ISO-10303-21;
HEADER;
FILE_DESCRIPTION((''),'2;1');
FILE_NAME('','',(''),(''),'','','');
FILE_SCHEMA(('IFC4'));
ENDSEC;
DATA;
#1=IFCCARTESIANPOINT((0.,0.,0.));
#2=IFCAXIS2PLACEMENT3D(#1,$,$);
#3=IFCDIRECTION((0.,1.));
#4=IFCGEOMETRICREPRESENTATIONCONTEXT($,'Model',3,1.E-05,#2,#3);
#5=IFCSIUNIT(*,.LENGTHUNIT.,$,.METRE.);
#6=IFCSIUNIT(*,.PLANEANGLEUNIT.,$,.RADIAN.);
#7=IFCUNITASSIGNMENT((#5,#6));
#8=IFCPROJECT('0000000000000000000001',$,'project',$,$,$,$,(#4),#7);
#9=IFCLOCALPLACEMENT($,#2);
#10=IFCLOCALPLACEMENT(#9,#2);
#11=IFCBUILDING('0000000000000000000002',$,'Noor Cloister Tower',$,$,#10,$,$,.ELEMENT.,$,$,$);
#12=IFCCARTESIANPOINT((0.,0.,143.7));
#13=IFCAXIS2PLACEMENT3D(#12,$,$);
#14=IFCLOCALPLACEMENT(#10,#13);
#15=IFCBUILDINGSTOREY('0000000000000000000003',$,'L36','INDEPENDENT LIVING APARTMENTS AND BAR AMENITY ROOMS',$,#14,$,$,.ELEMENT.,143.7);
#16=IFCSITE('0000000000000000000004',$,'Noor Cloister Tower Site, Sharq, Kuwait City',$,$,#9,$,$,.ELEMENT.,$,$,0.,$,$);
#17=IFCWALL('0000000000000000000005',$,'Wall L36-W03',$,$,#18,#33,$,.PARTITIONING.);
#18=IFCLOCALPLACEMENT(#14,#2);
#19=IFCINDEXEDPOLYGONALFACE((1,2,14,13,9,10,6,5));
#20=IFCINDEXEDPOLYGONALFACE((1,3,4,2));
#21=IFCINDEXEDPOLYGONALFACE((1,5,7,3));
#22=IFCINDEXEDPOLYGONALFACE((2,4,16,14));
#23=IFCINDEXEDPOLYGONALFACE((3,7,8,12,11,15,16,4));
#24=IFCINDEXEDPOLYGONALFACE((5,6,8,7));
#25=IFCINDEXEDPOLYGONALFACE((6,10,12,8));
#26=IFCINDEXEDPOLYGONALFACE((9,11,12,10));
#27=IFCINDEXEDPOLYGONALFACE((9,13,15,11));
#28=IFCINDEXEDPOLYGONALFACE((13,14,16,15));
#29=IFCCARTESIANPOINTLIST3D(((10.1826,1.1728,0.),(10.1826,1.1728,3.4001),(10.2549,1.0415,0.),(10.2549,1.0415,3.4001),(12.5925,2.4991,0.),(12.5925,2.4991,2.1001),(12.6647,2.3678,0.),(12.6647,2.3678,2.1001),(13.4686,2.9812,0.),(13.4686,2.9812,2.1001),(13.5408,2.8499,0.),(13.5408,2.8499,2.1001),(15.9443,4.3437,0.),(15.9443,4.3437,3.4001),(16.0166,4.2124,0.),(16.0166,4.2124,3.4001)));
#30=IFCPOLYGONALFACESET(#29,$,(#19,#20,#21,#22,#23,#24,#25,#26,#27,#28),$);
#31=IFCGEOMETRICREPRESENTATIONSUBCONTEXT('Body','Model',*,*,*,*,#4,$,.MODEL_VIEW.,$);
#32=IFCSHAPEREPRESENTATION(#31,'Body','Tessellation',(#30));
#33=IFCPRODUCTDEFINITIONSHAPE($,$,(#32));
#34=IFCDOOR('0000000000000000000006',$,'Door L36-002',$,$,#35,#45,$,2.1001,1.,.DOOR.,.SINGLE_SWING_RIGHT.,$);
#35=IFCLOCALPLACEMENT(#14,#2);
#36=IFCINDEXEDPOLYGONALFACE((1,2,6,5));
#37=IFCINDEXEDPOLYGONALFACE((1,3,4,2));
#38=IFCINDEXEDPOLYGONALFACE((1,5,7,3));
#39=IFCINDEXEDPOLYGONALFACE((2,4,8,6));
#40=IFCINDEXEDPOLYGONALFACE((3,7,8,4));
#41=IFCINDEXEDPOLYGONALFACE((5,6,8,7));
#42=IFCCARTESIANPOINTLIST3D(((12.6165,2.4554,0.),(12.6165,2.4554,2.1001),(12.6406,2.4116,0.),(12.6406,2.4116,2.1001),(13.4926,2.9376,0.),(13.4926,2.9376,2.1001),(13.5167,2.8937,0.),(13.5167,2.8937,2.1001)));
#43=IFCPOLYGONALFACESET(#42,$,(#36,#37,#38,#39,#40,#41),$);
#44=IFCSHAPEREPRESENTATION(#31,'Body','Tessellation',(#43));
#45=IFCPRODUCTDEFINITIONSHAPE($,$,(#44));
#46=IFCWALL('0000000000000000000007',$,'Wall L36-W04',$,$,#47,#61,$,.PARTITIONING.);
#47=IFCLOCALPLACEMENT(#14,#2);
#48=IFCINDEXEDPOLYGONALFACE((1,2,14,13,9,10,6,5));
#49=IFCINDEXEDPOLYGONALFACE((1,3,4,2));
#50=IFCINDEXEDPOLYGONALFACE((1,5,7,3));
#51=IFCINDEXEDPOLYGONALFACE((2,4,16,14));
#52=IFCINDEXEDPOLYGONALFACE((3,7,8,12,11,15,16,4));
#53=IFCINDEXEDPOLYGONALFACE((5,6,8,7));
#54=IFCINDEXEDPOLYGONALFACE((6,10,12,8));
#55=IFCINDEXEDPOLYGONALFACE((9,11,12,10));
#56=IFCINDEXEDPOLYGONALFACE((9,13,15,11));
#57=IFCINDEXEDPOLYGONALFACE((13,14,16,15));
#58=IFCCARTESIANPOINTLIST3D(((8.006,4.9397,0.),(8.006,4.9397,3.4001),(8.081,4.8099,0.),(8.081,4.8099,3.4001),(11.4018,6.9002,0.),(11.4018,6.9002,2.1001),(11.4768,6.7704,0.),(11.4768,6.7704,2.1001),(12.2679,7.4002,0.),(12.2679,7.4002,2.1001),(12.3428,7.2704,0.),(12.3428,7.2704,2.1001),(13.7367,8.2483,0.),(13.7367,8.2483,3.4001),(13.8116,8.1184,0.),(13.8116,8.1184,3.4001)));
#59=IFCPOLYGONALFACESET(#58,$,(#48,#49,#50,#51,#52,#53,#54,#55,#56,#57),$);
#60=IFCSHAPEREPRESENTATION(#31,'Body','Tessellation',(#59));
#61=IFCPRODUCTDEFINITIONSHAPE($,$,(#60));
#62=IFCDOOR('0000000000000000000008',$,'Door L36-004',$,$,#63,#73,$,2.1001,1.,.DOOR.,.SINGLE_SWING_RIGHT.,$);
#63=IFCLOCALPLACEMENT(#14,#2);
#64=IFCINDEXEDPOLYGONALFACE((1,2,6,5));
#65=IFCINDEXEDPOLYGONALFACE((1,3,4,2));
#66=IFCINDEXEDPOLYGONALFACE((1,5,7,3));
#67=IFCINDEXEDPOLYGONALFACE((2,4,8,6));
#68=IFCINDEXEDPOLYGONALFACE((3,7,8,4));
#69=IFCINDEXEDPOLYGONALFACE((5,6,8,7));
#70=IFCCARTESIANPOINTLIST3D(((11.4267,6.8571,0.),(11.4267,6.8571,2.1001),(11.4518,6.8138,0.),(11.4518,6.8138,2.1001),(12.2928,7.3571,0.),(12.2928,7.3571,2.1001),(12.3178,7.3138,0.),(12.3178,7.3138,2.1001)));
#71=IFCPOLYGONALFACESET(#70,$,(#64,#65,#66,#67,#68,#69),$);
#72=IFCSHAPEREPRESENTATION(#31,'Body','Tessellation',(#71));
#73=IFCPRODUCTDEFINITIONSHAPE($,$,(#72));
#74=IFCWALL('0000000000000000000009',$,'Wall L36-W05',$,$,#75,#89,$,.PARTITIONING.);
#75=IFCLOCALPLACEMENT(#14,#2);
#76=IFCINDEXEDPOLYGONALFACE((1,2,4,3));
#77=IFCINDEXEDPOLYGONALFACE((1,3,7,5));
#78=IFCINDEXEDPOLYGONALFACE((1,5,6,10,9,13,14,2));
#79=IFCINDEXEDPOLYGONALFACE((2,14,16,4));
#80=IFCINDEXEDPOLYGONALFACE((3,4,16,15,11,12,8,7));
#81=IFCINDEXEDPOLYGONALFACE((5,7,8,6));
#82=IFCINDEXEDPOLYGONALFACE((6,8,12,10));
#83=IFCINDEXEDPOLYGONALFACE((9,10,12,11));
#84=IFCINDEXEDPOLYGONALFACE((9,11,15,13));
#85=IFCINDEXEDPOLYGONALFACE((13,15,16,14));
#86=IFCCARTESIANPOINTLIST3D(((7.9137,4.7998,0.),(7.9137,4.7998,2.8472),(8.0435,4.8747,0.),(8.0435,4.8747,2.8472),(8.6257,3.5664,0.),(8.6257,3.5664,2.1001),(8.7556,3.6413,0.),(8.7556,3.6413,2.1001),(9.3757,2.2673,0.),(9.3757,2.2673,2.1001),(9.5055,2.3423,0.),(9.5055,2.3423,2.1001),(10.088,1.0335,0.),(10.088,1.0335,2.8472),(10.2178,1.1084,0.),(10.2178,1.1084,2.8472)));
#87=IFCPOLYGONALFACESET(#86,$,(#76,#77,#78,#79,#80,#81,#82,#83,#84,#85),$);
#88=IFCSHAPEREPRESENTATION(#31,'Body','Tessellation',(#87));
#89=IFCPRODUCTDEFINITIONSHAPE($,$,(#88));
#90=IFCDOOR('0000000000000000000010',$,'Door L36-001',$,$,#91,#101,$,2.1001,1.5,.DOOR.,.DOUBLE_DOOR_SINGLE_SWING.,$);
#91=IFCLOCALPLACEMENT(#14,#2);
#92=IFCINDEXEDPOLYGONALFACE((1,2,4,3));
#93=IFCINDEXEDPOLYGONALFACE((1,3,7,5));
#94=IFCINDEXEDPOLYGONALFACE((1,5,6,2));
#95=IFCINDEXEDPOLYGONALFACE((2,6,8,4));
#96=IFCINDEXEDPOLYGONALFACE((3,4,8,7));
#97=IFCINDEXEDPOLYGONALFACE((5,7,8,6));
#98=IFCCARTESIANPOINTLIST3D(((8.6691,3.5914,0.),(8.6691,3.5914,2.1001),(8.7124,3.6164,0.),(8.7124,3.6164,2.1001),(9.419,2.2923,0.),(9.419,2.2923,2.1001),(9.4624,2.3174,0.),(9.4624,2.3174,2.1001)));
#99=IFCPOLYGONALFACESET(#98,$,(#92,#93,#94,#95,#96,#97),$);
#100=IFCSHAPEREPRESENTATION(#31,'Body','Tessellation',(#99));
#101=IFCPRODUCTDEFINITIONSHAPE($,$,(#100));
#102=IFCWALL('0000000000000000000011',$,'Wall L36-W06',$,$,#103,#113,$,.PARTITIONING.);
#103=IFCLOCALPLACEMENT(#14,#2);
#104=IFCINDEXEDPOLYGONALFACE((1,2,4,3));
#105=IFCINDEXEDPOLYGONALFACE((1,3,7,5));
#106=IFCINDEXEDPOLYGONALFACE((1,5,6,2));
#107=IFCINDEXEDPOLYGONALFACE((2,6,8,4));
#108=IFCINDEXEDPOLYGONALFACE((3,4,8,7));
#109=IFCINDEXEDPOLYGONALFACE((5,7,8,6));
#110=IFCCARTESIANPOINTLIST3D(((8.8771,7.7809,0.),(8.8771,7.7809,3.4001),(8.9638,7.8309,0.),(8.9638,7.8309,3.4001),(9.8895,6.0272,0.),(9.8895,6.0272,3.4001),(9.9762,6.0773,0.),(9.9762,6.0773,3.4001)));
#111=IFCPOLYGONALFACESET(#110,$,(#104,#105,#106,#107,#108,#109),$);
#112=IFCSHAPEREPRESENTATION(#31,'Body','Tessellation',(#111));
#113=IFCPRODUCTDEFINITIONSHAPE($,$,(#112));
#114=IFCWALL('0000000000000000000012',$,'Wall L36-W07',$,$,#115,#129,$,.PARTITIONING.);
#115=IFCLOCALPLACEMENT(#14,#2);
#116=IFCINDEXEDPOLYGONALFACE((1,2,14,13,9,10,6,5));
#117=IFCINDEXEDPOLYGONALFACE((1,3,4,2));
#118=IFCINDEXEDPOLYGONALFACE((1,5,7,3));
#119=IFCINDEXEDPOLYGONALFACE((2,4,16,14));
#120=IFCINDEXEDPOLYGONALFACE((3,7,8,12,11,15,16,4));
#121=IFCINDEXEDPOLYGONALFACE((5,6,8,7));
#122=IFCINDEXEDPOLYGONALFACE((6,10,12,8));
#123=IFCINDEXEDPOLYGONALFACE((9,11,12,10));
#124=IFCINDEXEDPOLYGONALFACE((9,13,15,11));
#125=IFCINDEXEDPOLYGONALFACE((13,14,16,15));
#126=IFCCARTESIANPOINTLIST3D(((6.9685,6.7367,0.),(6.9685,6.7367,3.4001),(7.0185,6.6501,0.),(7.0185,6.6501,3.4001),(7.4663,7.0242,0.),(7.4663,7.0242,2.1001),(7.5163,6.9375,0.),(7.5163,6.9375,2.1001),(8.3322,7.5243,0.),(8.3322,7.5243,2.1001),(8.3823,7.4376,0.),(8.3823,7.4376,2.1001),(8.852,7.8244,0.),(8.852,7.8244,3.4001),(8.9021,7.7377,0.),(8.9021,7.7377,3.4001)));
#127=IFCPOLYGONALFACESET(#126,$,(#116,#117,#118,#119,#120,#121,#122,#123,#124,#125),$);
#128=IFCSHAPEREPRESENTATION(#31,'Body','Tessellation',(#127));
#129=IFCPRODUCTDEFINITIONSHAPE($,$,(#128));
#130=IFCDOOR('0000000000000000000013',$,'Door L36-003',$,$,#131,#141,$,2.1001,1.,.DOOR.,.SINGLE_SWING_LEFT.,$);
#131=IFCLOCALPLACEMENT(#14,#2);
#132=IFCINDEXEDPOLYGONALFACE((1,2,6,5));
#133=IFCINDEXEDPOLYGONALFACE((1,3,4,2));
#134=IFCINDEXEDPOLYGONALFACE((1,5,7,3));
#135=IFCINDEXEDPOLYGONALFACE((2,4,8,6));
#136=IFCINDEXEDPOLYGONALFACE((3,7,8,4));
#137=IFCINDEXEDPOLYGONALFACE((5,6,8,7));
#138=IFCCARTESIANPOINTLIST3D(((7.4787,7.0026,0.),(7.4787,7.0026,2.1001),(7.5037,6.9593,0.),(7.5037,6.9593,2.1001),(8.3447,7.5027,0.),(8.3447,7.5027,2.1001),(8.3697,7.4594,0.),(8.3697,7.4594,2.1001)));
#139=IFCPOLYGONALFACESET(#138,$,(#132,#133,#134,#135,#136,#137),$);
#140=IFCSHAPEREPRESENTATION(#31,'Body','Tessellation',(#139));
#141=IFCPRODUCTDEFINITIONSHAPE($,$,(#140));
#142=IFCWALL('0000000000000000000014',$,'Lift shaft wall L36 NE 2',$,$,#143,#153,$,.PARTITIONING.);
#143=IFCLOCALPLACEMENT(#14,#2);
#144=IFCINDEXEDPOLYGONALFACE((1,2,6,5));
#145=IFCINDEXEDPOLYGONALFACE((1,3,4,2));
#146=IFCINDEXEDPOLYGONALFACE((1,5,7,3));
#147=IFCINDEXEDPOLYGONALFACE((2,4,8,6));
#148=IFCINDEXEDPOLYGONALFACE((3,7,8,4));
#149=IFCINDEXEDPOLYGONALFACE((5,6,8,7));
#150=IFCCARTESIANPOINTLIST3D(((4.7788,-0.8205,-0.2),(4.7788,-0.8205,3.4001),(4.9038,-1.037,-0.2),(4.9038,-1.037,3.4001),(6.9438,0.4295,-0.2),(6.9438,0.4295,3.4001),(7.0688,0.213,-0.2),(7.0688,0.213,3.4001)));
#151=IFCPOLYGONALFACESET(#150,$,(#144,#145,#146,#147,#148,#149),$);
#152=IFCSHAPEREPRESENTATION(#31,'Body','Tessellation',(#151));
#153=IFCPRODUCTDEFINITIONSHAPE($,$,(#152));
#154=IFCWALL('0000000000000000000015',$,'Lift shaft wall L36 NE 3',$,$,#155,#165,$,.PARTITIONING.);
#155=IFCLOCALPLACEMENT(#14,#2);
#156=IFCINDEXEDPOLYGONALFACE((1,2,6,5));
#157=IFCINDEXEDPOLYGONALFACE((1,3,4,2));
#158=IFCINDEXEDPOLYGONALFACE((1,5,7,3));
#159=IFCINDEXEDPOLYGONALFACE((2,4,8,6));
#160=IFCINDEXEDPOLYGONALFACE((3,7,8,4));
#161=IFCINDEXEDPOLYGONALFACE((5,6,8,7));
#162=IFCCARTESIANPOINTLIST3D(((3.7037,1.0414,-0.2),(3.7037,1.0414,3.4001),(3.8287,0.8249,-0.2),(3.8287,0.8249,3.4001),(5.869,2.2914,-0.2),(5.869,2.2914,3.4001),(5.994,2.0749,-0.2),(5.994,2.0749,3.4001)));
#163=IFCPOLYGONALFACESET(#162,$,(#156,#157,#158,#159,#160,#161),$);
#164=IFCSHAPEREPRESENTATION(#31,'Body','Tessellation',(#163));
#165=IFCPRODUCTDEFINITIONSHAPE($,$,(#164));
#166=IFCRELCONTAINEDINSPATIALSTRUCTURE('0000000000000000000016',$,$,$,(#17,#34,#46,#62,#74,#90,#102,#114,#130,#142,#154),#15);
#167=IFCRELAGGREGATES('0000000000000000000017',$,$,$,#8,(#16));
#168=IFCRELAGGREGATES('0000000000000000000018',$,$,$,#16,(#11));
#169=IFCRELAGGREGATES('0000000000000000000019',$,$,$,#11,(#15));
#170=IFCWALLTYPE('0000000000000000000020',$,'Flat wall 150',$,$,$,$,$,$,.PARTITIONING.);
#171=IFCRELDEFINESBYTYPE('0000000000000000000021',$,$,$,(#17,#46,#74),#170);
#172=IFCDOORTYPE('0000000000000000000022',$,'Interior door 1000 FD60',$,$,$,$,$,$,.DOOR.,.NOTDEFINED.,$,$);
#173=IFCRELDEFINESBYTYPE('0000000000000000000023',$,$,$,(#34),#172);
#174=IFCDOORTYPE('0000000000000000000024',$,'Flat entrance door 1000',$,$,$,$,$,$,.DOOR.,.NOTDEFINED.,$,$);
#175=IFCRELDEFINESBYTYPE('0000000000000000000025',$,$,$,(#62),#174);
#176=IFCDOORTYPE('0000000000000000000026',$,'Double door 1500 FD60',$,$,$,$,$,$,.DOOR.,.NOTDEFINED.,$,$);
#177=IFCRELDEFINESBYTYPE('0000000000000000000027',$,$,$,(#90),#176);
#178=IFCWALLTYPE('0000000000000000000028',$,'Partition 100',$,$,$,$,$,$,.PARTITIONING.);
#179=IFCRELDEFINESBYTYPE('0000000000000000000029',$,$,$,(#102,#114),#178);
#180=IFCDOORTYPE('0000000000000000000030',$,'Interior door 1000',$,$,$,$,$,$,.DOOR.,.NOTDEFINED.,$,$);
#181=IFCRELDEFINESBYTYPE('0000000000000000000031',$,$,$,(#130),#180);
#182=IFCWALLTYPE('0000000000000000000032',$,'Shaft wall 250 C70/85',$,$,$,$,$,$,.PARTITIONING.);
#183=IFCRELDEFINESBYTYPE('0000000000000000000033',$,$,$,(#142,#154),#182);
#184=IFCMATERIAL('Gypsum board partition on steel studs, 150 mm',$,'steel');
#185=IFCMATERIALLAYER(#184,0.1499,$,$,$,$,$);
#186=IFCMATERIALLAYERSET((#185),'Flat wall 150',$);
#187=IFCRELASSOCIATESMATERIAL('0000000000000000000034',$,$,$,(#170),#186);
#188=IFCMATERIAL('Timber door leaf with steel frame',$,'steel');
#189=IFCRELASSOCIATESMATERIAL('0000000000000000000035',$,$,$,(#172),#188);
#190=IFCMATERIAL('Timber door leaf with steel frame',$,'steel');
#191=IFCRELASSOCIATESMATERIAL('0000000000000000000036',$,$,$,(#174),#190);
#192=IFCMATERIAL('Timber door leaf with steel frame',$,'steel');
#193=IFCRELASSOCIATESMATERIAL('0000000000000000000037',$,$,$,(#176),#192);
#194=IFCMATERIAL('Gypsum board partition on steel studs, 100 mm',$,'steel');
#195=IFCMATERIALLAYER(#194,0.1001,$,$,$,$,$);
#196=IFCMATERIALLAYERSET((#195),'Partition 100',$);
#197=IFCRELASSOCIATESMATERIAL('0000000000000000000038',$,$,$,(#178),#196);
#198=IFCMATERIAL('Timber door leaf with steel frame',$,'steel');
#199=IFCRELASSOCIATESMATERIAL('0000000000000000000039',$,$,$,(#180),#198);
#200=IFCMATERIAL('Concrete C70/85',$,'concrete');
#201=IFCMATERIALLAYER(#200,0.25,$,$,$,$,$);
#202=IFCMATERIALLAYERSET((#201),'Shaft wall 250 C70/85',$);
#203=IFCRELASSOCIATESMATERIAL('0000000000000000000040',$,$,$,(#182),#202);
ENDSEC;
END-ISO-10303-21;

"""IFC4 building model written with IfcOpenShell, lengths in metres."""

from ifc_helpers import new_model, si_unit, direction, frame, frame_2d, origin, place, context, subcontext, project, spatial, rectangle, extrude, material, layer, layer_set, type_object, element, fill, save


model = new_model("IFC4")

# Units and contexts
model_context = context("Model", 3, precision=1e-05, world=origin(), true_north=direction((0.0, 1.0)))
body_context = subcontext(model_context, "Body", "Model", "MODEL_VIEW")
ifc_project = project(units=[si_unit("LENGTHUNIT", "METRE"), si_unit("PLANEANGLEUNIT", "RADIAN")], contexts=[model_context])

# Site, building, storey
site_placement = place(None, origin())
site = spatial("IfcSite", under=ifc_project, at=site_placement, Name="Noor Cloister Tower Site, Sharq, Kuwait City", CompositionType="ELEMENT", RefElevation=0.0)
building_placement = place(site_placement, origin())
building = spatial("IfcBuilding", under=site, at=building_placement, Name="Noor Cloister Tower", CompositionType="ELEMENT")
storey_placement = place(building_placement, frame((0.0, 0.0, 143.7)))
storey = spatial("IfcBuildingStorey", under=building, at=storey_placement, Name="L36", Description="INDEPENDENT LIVING APARTMENTS AND BAR AMENITY ROOMS", CompositionType="ELEMENT", Elevation=143.7)

# Shared definitions
ifc_material_1 = material(Name="Gypsum board partition on steel studs, 150 mm", Category="steel")
ifc_layer_1 = layer(ifc_material_1, 0.1499)
ifc_layer_set_1 = layer_set([ifc_layer_1], Name="Flat wall 150")
wall_type_1 = type_object("IfcWallType", Name="Flat wall 150", PredefinedType="PARTITIONING", material=ifc_layer_set_1)

# Walls, openings, doors
wall_1_placement = place(storey_placement, frame((15.9805, 4.2781, 0.0), z_axis=(0.0, 0.0, 1.0), x_axis=(-0.87609, -0.482147, 0.0)))
wall_1 = element("IfcWall", 1, at=wall_1_placement, inside=storey, type_object=wall_type_1, Name="Wall L36-W03", PredefinedType="PARTITIONING", context=body_context, shape_type="SweptSolid", body=[
    extrude(rectangle(XDim=6.5767, YDim=0.1499, at=frame_2d((3.2883, 0.0))), origin(), (0.0, 0.0, 1.0), 3.4001),
])
opening_1_placement = place(wall_1_placement, frame((2.8259, 0.0, 0.0)))
opening_1 = element("IfcOpeningElement", 2, at=opening_1_placement, cuts=wall_1, PredefinedType="OPENING", context=body_context, shape_type="SweptSolid", body=[
    extrude(rectangle(XDim=1.0, YDim=2.1001, at=frame_2d((0.5, 1.05))), frame((0.0, 0.085, 0.0), z_axis=(0.0, -1.0, 0.0), x_axis=(1.0, 0.0, 0.0)), (0.0, 0.0, 1.0), 0.1699),
])
ifc_material_2 = material(Name="Timber door leaf with steel frame", Category="steel")
door_type_1 = type_object("IfcDoorType", Name="Interior door 1000 FD60", OperationType="NOTDEFINED", PredefinedType="DOOR", material=ifc_material_2)
door_1_placement = place(opening_1_placement, origin())
door_1 = element("IfcDoor", 3, at=door_1_placement, inside=storey, type_object=door_type_1, Name="Door L36-002", OperationType="SINGLE_SWING_RIGHT", OverallHeight=2.1001, OverallWidth=1.0, PredefinedType="DOOR", context=body_context, shape_type="SweptSolid", body=[
    extrude(rectangle(XDim=1.0, YDim=2.1001, at=frame_2d((0.5, 1.05))), frame((0.0, 0.0249, 0.0), z_axis=(0.0, -1.0, 0.0), x_axis=(1.0, 0.0, 0.0)), (0.0, 0.0, 1.0), 0.05),
])
fill(opening_1, door_1)
wall_2_placement = place(storey_placement, frame((13.7742, 8.1833, 0.0), z_axis=(0.0, 0.0, 1.0), x_axis=(-0.866028, -0.499996, 0.0)))
wall_2 = element("IfcWall", 4, at=wall_2_placement, inside=storey, type_object=wall_type_1, Name="Wall L36-W04", PredefinedType="PARTITIONING", context=body_context, shape_type="SweptSolid", body=[
    extrude(rectangle(XDim=6.6172, YDim=0.1499, at=frame_2d((3.3086, 0.0))), origin(), (0.0, 0.0, 1.0), 3.4001),
])
opening_2_placement = place(wall_2_placement, frame((1.696, 0.0, 0.0)))
opening_2 = element("IfcOpeningElement", 5, at=opening_2_placement, cuts=wall_2, PredefinedType="OPENING", context=body_context, shape_type="SweptSolid", body=[
    extrude(rectangle(XDim=1.0, YDim=2.1001, at=frame_2d((0.5, 1.05))), frame((0.0, 0.085, 0.0), z_axis=(0.0, -1.0, 0.0), x_axis=(1.0, 0.0, 0.0)), (0.0, 0.0, 1.0), 0.1699),
])
ifc_material_3 = material(Name="Timber door leaf with steel frame", Category="steel")
door_type_2 = type_object("IfcDoorType", Name="Flat entrance door 1000", OperationType="NOTDEFINED", PredefinedType="DOOR", material=ifc_material_3)
door_2_placement = place(opening_2_placement, origin())
door_2 = element("IfcDoor", 6, at=door_2_placement, inside=storey, type_object=door_type_2, Name="Door L36-004", OperationType="SINGLE_SWING_RIGHT", OverallHeight=2.1001, OverallWidth=1.0, PredefinedType="DOOR", context=body_context, shape_type="SweptSolid", body=[
    extrude(rectangle(XDim=1.0, YDim=2.1001, at=frame_2d((0.5, 1.05))), frame((0.0, 0.0249, 0.0), z_axis=(0.0, -1.0, 0.0), x_axis=(1.0, 0.0, 0.0)), (0.0, 0.0, 1.0), 0.05),
])
fill(opening_2, door_2)
wall_3_placement = place(storey_placement, frame((10.1528, 1.071, 0.0), z_axis=(0.0, 0.0, 1.0), x_axis=(-0.499967, 0.866044, 0.0)))
wall_3 = element("IfcWall", 7, at=wall_3_placement, inside=storey, type_object=wall_type_1, Name="Wall L36-W05", PredefinedType="PARTITIONING", context=body_context, shape_type="SweptSolid", body=[
    extrude(rectangle(XDim=4.3489, YDim=0.1499, at=frame_2d((2.1743, 0.0))), origin(), (0.0, 0.0, 1.0), 2.8472),
])
opening_3_placement = place(wall_3_placement, frame((1.4246, 0.0, 0.0)))
opening_3 = element("IfcOpeningElement", 8, at=opening_3_placement, cuts=wall_3, PredefinedType="OPENING", context=body_context, shape_type="SweptSolid", body=[
    extrude(rectangle(XDim=1.5, YDim=2.1001, at=frame_2d((0.75, 1.05))), frame((0.0, 0.085, 0.0), z_axis=(0.0, -1.0, 0.0), x_axis=(1.0, 0.0, 0.0)), (0.0, 0.0, 1.0), 0.1699),
])
ifc_material_4 = material(Name="Timber door leaf with steel frame", Category="steel")
door_type_3 = type_object("IfcDoorType", Name="Double door 1500 FD60", OperationType="NOTDEFINED", PredefinedType="DOOR", material=ifc_material_4)
door_3_placement = place(opening_3_placement, origin())
door_3 = element("IfcDoor", 9, at=door_3_placement, inside=storey, type_object=door_type_3, Name="Door L36-001", OperationType="DOUBLE_DOOR_SINGLE_SWING", OverallHeight=2.1001, OverallWidth=1.5, PredefinedType="DOOR", context=body_context, shape_type="SweptSolid", body=[
    extrude(rectangle(XDim=1.5, YDim=2.1001, at=frame_2d((0.75, 1.05))), frame((0.0, 0.0249, 0.0), z_axis=(0.0, -1.0, 0.0), x_axis=(1.0, 0.0, 0.0)), (0.0, 0.0, 1.0), 0.05),
])
fill(opening_3, door_3)

# Wall
ifc_material_5 = material(Name="Gypsum board partition on steel studs, 100 mm", Category="steel")
ifc_layer_2 = layer(ifc_material_5, 0.1001)
ifc_layer_set_2 = layer_set([ifc_layer_2], Name="Partition 100")
wall_type_2 = type_object("IfcWallType", Name="Partition 100", PredefinedType="PARTITIONING", material=ifc_layer_set_2)
wall_4_placement = place(storey_placement, frame((9.9329, 6.0522, 0.0), z_axis=(0.0, 0.0, 1.0), x_axis=(-0.49999, 0.866031, 0.0)))
element("IfcWall", 10, at=wall_4_placement, inside=storey, type_object=wall_type_2, Name="Wall L36-W06", PredefinedType="PARTITIONING", context=body_context, shape_type="SweptSolid", body=[
    extrude(rectangle(XDim=2.0249, YDim=0.1001, at=frame_2d((1.0125, 0.0))), origin(), (0.0, 0.0, 1.0), 3.4001),
])

# Wall, opening, door
wall_5_placement = place(storey_placement, frame((8.877, 7.781, 0.0), z_axis=(0.0, 0.0, 1.0), x_axis=(-0.865989, -0.500063, 0.0)))
wall_5 = element("IfcWall", 11, at=wall_5_placement, inside=storey, type_object=wall_type_2, Name="Wall L36-W07", PredefinedType="PARTITIONING", context=body_context, shape_type="SweptSolid", body=[
    extrude(rectangle(XDim=2.175, YDim=0.1001, at=frame_2d((1.0874, 0.0))), origin(), (0.0, 0.0, 1.0), 3.4001),
])
opening_4_placement = place(wall_5_placement, frame((0.6001, 0.0, 0.0)))
opening_4 = element("IfcOpeningElement", 12, at=opening_4_placement, cuts=wall_5, PredefinedType="OPENING", context=body_context, shape_type="SweptSolid", body=[
    extrude(rectangle(XDim=1.0, YDim=2.1001, at=frame_2d((0.5, 1.05))), frame((0.0, 0.0601, 0.0), z_axis=(0.0, -1.0, 0.0), x_axis=(1.0, 0.0, 0.0)), (0.0, 0.0, 1.0), 0.1201),
])
ifc_material_6 = material(Name="Timber door leaf with steel frame", Category="steel")
door_type_4 = type_object("IfcDoorType", Name="Interior door 1000", OperationType="NOTDEFINED", PredefinedType="DOOR", material=ifc_material_6)
door_4_placement = place(opening_4_placement, origin())
door_4 = element("IfcDoor", 13, at=door_4_placement, inside=storey, type_object=door_type_4, Name="Door L36-003", OperationType="SINGLE_SWING_LEFT", OverallHeight=2.1001, OverallWidth=1.0, PredefinedType="DOOR", context=body_context, shape_type="SweptSolid", body=[
    extrude(rectangle(XDim=1.0, YDim=2.1001, at=frame_2d((0.5, 1.05))), frame((0.0, 0.0249, 0.0), z_axis=(0.0, -1.0, 0.0), x_axis=(1.0, 0.0, 0.0)), (0.0, 0.0, 1.0), 0.05),
])
fill(opening_4, door_4)

# Walls
ifc_material_7 = material(Name="Concrete C70/85", Category="concrete")
ifc_layer_3 = layer(ifc_material_7, 0.25)
ifc_layer_set_3 = layer_set([ifc_layer_3], Name="Shaft wall 250 C70/85")
wall_type_3 = type_object("IfcWallType", Name="Shaft wall 250 C70/85", PredefinedType="PARTITIONING", material=ifc_layer_set_3)
wall_6_placement = place(storey_placement, frame((7.0063, 0.3213, -0.2), z_axis=(0.0, 0.0, 1.0), x_axis=(-0.866023, -0.500004, 0.0)))
element("IfcWall", 14, at=wall_6_placement, inside=storey, type_object=wall_type_3, Name="Lift shaft wall L36 NE 2", PredefinedType="PARTITIONING", context=body_context, shape_type="SweptSolid", body=[
    extrude(rectangle(XDim=2.5, YDim=0.25, at=frame_2d((1.25, 0.0))), origin(), (0.0, 0.0, 1.0), 3.6001),
])
wall_7_placement = place(storey_placement, frame((5.9314, 2.1831, -0.2), z_axis=(0.0, 0.0, 1.0), x_axis=(-0.866047, -0.499962, 0.0)))
element("IfcWall", 15, at=wall_7_placement, inside=storey, type_object=wall_type_3, Name="Lift shaft wall L36 NE 3", PredefinedType="PARTITIONING", context=body_context, shape_type="SweptSolid", body=[
    extrude(rectangle(XDim=2.5002, YDim=0.25, at=frame_2d((1.25, 0.0))), origin(), (0.0, 0.0, 1.0), 3.6001),
])

save(model, "model.ifc")
